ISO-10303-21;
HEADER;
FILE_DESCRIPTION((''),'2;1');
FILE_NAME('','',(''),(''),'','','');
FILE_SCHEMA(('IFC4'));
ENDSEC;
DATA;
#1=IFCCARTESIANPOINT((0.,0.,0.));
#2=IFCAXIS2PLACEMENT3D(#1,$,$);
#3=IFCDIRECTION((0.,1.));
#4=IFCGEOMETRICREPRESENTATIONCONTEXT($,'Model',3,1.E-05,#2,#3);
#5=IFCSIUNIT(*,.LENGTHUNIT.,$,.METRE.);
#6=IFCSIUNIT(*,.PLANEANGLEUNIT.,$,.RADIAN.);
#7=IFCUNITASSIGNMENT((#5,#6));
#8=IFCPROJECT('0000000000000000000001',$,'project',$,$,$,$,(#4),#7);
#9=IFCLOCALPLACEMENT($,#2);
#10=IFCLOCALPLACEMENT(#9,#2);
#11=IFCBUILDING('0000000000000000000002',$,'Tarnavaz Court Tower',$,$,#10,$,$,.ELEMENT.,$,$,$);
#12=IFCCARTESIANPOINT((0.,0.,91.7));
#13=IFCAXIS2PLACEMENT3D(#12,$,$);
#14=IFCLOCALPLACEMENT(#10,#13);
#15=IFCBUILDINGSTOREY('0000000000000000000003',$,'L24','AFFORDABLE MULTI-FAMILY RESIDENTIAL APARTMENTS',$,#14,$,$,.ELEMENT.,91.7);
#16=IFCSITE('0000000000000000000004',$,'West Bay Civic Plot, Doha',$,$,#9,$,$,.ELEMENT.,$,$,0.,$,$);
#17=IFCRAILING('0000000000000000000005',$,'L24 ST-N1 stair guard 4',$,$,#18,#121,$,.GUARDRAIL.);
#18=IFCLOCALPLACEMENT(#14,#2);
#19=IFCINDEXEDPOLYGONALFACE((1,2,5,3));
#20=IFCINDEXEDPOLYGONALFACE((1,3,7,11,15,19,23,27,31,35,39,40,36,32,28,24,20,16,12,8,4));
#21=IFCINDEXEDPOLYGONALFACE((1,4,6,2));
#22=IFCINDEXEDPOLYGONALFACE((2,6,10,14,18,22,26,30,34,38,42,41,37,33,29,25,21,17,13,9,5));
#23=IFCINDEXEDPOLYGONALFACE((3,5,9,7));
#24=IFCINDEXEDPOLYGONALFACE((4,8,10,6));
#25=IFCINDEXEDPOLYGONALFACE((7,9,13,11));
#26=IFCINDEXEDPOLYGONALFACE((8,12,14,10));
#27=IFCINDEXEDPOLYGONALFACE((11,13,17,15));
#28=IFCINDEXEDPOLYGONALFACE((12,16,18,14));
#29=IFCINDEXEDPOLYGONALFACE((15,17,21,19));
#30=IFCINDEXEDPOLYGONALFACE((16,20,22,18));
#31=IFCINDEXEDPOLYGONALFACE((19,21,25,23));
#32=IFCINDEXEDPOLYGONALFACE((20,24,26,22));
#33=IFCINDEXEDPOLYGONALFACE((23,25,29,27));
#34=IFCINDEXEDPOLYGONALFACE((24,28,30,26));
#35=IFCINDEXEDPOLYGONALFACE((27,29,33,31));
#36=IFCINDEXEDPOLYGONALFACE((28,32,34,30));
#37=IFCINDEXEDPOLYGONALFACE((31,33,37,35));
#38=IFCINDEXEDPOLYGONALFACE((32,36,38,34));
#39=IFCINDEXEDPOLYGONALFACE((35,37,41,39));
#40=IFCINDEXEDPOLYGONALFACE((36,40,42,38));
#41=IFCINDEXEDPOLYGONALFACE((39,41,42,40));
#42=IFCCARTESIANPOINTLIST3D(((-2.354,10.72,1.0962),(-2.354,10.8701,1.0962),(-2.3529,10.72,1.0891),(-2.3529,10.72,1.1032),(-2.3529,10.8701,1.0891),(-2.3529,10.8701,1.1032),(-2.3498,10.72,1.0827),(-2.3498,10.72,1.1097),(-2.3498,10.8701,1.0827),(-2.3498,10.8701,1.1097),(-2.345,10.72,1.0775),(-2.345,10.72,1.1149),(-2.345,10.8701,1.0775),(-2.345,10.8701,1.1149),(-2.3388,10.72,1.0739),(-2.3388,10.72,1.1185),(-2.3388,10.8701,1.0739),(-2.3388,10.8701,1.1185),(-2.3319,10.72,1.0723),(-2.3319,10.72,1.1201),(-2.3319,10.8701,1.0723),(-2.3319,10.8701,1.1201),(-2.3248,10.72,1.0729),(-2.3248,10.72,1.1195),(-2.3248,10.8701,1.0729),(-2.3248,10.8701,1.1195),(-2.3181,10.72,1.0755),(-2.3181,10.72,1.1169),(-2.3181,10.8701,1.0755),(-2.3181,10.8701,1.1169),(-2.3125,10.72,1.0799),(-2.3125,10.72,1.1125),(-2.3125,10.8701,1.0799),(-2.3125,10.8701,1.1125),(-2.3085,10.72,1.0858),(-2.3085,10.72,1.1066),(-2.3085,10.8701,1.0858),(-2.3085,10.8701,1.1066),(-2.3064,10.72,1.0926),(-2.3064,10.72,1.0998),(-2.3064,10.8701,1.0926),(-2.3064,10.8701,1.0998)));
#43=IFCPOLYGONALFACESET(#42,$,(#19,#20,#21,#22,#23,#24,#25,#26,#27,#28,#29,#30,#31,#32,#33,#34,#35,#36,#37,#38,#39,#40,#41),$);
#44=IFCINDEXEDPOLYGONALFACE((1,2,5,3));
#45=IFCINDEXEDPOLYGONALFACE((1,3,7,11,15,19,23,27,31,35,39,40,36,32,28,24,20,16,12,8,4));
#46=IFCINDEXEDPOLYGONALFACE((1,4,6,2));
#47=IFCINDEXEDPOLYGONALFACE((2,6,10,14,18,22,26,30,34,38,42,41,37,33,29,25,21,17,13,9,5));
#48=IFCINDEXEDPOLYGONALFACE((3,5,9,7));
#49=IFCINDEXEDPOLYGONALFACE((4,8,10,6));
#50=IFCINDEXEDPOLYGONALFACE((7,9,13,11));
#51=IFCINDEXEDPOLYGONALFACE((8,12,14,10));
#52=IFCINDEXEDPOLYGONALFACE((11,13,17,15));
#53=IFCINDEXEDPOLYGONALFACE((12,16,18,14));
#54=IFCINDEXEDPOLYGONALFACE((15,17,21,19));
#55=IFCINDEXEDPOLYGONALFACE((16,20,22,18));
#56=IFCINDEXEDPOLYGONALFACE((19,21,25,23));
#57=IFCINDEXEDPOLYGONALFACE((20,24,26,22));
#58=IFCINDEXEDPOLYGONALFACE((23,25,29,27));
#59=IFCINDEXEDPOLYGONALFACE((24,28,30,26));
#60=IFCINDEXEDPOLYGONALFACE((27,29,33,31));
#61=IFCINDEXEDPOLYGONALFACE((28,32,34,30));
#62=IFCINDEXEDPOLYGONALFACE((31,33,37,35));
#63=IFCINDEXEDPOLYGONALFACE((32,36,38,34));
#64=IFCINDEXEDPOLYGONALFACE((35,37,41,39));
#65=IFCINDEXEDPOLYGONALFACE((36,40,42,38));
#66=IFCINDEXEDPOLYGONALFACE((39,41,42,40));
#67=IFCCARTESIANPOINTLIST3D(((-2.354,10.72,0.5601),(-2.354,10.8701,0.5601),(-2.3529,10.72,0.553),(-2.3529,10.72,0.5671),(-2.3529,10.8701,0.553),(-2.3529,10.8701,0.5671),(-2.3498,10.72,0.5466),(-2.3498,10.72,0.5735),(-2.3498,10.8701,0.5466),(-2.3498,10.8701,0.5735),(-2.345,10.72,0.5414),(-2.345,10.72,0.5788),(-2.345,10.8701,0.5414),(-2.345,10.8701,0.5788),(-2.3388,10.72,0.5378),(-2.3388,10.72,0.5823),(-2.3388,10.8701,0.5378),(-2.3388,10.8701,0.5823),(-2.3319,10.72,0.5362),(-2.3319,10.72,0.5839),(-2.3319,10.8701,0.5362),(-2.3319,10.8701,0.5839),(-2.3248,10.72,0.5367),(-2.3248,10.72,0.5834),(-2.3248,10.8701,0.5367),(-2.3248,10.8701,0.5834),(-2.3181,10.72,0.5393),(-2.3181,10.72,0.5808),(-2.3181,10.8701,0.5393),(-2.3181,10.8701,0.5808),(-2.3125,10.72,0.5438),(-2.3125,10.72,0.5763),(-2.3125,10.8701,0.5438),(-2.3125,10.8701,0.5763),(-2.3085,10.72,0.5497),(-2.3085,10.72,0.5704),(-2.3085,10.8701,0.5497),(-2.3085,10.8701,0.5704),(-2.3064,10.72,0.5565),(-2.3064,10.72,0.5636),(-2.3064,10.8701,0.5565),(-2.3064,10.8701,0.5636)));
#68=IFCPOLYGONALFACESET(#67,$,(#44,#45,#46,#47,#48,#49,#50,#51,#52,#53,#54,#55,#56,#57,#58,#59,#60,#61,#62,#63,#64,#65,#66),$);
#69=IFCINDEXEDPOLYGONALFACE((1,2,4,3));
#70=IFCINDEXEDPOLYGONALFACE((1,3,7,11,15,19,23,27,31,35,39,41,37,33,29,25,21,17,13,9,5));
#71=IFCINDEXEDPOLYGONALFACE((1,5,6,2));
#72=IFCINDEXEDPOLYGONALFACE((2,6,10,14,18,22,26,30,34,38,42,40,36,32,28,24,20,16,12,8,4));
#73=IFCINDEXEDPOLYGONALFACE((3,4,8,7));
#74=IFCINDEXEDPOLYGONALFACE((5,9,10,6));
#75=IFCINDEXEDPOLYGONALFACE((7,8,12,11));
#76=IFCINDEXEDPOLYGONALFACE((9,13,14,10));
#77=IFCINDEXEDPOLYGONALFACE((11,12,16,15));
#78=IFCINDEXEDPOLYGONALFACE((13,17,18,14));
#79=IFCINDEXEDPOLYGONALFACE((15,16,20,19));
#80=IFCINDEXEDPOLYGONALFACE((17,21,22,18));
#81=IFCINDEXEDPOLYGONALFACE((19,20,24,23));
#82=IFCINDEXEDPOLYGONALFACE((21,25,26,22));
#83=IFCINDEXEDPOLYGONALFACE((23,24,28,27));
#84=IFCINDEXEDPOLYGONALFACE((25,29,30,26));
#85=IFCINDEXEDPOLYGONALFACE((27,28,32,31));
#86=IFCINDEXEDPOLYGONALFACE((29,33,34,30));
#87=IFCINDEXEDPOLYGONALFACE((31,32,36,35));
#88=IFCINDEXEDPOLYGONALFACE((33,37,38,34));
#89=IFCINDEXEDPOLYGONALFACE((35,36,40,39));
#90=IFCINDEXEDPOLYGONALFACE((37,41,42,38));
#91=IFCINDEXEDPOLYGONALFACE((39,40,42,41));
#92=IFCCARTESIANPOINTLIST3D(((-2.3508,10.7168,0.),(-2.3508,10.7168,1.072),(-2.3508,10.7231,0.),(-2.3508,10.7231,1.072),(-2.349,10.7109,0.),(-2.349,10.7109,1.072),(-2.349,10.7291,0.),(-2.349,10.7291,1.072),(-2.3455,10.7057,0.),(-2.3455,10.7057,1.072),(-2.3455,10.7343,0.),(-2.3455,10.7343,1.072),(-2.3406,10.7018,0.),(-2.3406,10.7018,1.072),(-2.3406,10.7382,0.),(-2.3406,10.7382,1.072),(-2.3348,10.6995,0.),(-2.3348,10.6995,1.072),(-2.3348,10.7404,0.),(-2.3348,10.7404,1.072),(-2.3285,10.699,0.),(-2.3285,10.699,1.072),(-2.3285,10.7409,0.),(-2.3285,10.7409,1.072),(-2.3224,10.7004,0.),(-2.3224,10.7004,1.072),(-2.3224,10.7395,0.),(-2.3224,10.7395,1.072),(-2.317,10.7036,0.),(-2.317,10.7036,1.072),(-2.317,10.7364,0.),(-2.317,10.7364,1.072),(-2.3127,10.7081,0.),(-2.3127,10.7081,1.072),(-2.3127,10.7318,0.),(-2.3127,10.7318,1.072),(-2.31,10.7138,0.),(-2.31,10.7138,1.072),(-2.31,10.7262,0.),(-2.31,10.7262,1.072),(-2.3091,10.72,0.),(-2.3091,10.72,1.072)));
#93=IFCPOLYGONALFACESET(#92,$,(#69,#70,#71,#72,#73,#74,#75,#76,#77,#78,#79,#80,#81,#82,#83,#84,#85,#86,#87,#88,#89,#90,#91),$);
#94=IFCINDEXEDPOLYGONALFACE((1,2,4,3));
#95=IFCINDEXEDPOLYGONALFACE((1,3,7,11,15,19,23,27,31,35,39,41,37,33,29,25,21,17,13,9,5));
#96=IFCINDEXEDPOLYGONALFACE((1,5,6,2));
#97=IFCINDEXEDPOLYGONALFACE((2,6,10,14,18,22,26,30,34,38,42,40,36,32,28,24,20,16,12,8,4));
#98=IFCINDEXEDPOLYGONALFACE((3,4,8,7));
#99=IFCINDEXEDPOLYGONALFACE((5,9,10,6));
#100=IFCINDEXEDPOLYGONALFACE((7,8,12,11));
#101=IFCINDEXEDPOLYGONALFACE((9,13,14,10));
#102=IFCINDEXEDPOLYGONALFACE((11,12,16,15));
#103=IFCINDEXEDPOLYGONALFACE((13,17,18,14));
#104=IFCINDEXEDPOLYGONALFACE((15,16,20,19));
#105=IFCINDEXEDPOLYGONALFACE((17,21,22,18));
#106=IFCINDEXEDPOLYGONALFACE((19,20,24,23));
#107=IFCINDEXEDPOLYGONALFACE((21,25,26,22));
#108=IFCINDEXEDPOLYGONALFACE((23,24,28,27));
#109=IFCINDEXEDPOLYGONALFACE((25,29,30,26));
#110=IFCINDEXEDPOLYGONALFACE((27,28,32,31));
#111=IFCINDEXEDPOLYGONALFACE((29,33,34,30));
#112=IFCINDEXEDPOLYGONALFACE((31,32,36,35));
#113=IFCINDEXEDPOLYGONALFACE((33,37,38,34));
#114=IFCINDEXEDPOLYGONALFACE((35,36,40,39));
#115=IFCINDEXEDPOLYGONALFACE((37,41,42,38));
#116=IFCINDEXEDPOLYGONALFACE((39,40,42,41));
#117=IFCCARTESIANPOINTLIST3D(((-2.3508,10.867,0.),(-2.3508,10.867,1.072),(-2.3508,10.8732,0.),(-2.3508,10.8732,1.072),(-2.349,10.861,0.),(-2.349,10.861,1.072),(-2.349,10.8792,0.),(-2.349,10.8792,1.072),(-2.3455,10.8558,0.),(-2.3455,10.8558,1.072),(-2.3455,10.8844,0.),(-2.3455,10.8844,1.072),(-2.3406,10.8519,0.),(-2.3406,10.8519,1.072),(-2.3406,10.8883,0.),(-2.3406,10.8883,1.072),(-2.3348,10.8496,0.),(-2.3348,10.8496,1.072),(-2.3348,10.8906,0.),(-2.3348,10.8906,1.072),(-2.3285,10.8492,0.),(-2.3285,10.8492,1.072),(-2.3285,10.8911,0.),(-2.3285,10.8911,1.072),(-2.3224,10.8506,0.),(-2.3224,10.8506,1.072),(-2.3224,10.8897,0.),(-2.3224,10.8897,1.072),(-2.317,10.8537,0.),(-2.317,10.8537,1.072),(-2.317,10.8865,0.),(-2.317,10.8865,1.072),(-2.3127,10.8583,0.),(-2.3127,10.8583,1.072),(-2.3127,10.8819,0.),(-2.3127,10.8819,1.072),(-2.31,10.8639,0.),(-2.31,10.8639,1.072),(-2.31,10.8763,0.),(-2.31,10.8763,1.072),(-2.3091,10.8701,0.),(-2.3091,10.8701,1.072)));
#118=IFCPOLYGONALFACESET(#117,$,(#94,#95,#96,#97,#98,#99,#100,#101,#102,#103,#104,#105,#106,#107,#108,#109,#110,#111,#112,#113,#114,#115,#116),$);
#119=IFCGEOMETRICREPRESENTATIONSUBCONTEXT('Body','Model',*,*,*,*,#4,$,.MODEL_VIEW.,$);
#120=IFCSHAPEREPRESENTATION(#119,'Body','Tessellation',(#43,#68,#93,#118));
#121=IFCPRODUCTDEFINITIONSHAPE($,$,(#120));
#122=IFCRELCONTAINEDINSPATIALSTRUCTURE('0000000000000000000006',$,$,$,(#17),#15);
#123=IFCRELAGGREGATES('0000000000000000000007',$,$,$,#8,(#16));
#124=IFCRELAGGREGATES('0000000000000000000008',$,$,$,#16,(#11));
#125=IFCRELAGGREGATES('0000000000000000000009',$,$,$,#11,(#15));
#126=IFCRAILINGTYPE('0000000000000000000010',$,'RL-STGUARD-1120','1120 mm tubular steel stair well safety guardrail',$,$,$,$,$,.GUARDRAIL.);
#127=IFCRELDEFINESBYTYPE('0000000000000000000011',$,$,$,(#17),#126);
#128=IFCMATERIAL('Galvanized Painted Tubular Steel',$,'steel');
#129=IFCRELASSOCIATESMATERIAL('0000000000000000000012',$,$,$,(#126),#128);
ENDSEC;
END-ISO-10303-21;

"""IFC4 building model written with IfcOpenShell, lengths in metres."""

from ifc_helpers import new_model, si_unit, direction, frame, origin, origin_2d, place, context, subcontext, project, spatial, circle, extrude, material, type_object, element, save


model = new_model("IFC4")

# Units and contexts
model_context = context("Model", 3, precision=1e-05, world=origin(), true_north=direction((0.0, 1.0)))
body_context = subcontext(model_context, "Body", "Model", "MODEL_VIEW")
ifc_project = project(units=[si_unit("LENGTHUNIT", "METRE"), si_unit("PLANEANGLEUNIT", "RADIAN")], contexts=[model_context])

# Site, building, storey
site_placement = place(None, origin())
site = spatial("IfcSite", under=ifc_project, at=site_placement, Name="West Bay Civic Plot, Doha", CompositionType="ELEMENT", RefElevation=0.0)
building_placement = place(site_placement, origin())
building = spatial("IfcBuilding", under=site, at=building_placement, Name="Tarnavaz Court Tower", CompositionType="ELEMENT")
storey_placement = place(building_placement, frame((0.0, 0.0, 91.7)))
storey = spatial("IfcBuildingStorey", under=building, at=storey_placement, Name="L24", Description="AFFORDABLE MULTI-FAMILY RESIDENTIAL APARTMENTS", CompositionType="ELEMENT", Elevation=91.7)

# Railing
ifc_material_1 = material(Name="Galvanized Painted Tubular Steel", Category="steel")
railing_type_1 = type_object("IfcRailingType", Name="RL-STGUARD-1120", Description="1120 mm tubular steel stair well safety guardrail", PredefinedType="GUARDRAIL", material=ifc_material_1)
railing_1_placement = place(storey_placement, frame((-2.3301, 10.72, 0.0)))
element("IfcRailing", 1, at=railing_1_placement, inside=storey, type_object=railing_type_1, Name="L24 ST-N1 stair guard 4", PredefinedType="GUARDRAIL", context=body_context, shape_type="SweptSolid", body=[
    extrude(circle(Radius=0.0239, at=origin_2d()), frame((0.0, 0.0, 1.0962), z_axis=(0.0, 1.0, 0.0), x_axis=(-1.0, 0.0, 0.0)), (0.0, 0.0, 1.0), 0.1501),
    extrude(circle(Radius=0.0239, at=origin_2d()), frame((0.0, 0.0, 0.5601), z_axis=(0.0, 1.0, 0.0), x_axis=(-1.0, 0.0, 0.0)), (0.0, 0.0, 1.0), 0.1501),
    extrude(circle(Radius=0.021, at=origin_2d()), origin(), (0.0, 0.0, 1.0), 1.072),
    extrude(circle(Radius=0.021, at=origin_2d()), frame((0.0, 0.1501, 0.0)), (0.0, 0.0, 1.0), 1.072),
])

save(model, "model.ifc")
